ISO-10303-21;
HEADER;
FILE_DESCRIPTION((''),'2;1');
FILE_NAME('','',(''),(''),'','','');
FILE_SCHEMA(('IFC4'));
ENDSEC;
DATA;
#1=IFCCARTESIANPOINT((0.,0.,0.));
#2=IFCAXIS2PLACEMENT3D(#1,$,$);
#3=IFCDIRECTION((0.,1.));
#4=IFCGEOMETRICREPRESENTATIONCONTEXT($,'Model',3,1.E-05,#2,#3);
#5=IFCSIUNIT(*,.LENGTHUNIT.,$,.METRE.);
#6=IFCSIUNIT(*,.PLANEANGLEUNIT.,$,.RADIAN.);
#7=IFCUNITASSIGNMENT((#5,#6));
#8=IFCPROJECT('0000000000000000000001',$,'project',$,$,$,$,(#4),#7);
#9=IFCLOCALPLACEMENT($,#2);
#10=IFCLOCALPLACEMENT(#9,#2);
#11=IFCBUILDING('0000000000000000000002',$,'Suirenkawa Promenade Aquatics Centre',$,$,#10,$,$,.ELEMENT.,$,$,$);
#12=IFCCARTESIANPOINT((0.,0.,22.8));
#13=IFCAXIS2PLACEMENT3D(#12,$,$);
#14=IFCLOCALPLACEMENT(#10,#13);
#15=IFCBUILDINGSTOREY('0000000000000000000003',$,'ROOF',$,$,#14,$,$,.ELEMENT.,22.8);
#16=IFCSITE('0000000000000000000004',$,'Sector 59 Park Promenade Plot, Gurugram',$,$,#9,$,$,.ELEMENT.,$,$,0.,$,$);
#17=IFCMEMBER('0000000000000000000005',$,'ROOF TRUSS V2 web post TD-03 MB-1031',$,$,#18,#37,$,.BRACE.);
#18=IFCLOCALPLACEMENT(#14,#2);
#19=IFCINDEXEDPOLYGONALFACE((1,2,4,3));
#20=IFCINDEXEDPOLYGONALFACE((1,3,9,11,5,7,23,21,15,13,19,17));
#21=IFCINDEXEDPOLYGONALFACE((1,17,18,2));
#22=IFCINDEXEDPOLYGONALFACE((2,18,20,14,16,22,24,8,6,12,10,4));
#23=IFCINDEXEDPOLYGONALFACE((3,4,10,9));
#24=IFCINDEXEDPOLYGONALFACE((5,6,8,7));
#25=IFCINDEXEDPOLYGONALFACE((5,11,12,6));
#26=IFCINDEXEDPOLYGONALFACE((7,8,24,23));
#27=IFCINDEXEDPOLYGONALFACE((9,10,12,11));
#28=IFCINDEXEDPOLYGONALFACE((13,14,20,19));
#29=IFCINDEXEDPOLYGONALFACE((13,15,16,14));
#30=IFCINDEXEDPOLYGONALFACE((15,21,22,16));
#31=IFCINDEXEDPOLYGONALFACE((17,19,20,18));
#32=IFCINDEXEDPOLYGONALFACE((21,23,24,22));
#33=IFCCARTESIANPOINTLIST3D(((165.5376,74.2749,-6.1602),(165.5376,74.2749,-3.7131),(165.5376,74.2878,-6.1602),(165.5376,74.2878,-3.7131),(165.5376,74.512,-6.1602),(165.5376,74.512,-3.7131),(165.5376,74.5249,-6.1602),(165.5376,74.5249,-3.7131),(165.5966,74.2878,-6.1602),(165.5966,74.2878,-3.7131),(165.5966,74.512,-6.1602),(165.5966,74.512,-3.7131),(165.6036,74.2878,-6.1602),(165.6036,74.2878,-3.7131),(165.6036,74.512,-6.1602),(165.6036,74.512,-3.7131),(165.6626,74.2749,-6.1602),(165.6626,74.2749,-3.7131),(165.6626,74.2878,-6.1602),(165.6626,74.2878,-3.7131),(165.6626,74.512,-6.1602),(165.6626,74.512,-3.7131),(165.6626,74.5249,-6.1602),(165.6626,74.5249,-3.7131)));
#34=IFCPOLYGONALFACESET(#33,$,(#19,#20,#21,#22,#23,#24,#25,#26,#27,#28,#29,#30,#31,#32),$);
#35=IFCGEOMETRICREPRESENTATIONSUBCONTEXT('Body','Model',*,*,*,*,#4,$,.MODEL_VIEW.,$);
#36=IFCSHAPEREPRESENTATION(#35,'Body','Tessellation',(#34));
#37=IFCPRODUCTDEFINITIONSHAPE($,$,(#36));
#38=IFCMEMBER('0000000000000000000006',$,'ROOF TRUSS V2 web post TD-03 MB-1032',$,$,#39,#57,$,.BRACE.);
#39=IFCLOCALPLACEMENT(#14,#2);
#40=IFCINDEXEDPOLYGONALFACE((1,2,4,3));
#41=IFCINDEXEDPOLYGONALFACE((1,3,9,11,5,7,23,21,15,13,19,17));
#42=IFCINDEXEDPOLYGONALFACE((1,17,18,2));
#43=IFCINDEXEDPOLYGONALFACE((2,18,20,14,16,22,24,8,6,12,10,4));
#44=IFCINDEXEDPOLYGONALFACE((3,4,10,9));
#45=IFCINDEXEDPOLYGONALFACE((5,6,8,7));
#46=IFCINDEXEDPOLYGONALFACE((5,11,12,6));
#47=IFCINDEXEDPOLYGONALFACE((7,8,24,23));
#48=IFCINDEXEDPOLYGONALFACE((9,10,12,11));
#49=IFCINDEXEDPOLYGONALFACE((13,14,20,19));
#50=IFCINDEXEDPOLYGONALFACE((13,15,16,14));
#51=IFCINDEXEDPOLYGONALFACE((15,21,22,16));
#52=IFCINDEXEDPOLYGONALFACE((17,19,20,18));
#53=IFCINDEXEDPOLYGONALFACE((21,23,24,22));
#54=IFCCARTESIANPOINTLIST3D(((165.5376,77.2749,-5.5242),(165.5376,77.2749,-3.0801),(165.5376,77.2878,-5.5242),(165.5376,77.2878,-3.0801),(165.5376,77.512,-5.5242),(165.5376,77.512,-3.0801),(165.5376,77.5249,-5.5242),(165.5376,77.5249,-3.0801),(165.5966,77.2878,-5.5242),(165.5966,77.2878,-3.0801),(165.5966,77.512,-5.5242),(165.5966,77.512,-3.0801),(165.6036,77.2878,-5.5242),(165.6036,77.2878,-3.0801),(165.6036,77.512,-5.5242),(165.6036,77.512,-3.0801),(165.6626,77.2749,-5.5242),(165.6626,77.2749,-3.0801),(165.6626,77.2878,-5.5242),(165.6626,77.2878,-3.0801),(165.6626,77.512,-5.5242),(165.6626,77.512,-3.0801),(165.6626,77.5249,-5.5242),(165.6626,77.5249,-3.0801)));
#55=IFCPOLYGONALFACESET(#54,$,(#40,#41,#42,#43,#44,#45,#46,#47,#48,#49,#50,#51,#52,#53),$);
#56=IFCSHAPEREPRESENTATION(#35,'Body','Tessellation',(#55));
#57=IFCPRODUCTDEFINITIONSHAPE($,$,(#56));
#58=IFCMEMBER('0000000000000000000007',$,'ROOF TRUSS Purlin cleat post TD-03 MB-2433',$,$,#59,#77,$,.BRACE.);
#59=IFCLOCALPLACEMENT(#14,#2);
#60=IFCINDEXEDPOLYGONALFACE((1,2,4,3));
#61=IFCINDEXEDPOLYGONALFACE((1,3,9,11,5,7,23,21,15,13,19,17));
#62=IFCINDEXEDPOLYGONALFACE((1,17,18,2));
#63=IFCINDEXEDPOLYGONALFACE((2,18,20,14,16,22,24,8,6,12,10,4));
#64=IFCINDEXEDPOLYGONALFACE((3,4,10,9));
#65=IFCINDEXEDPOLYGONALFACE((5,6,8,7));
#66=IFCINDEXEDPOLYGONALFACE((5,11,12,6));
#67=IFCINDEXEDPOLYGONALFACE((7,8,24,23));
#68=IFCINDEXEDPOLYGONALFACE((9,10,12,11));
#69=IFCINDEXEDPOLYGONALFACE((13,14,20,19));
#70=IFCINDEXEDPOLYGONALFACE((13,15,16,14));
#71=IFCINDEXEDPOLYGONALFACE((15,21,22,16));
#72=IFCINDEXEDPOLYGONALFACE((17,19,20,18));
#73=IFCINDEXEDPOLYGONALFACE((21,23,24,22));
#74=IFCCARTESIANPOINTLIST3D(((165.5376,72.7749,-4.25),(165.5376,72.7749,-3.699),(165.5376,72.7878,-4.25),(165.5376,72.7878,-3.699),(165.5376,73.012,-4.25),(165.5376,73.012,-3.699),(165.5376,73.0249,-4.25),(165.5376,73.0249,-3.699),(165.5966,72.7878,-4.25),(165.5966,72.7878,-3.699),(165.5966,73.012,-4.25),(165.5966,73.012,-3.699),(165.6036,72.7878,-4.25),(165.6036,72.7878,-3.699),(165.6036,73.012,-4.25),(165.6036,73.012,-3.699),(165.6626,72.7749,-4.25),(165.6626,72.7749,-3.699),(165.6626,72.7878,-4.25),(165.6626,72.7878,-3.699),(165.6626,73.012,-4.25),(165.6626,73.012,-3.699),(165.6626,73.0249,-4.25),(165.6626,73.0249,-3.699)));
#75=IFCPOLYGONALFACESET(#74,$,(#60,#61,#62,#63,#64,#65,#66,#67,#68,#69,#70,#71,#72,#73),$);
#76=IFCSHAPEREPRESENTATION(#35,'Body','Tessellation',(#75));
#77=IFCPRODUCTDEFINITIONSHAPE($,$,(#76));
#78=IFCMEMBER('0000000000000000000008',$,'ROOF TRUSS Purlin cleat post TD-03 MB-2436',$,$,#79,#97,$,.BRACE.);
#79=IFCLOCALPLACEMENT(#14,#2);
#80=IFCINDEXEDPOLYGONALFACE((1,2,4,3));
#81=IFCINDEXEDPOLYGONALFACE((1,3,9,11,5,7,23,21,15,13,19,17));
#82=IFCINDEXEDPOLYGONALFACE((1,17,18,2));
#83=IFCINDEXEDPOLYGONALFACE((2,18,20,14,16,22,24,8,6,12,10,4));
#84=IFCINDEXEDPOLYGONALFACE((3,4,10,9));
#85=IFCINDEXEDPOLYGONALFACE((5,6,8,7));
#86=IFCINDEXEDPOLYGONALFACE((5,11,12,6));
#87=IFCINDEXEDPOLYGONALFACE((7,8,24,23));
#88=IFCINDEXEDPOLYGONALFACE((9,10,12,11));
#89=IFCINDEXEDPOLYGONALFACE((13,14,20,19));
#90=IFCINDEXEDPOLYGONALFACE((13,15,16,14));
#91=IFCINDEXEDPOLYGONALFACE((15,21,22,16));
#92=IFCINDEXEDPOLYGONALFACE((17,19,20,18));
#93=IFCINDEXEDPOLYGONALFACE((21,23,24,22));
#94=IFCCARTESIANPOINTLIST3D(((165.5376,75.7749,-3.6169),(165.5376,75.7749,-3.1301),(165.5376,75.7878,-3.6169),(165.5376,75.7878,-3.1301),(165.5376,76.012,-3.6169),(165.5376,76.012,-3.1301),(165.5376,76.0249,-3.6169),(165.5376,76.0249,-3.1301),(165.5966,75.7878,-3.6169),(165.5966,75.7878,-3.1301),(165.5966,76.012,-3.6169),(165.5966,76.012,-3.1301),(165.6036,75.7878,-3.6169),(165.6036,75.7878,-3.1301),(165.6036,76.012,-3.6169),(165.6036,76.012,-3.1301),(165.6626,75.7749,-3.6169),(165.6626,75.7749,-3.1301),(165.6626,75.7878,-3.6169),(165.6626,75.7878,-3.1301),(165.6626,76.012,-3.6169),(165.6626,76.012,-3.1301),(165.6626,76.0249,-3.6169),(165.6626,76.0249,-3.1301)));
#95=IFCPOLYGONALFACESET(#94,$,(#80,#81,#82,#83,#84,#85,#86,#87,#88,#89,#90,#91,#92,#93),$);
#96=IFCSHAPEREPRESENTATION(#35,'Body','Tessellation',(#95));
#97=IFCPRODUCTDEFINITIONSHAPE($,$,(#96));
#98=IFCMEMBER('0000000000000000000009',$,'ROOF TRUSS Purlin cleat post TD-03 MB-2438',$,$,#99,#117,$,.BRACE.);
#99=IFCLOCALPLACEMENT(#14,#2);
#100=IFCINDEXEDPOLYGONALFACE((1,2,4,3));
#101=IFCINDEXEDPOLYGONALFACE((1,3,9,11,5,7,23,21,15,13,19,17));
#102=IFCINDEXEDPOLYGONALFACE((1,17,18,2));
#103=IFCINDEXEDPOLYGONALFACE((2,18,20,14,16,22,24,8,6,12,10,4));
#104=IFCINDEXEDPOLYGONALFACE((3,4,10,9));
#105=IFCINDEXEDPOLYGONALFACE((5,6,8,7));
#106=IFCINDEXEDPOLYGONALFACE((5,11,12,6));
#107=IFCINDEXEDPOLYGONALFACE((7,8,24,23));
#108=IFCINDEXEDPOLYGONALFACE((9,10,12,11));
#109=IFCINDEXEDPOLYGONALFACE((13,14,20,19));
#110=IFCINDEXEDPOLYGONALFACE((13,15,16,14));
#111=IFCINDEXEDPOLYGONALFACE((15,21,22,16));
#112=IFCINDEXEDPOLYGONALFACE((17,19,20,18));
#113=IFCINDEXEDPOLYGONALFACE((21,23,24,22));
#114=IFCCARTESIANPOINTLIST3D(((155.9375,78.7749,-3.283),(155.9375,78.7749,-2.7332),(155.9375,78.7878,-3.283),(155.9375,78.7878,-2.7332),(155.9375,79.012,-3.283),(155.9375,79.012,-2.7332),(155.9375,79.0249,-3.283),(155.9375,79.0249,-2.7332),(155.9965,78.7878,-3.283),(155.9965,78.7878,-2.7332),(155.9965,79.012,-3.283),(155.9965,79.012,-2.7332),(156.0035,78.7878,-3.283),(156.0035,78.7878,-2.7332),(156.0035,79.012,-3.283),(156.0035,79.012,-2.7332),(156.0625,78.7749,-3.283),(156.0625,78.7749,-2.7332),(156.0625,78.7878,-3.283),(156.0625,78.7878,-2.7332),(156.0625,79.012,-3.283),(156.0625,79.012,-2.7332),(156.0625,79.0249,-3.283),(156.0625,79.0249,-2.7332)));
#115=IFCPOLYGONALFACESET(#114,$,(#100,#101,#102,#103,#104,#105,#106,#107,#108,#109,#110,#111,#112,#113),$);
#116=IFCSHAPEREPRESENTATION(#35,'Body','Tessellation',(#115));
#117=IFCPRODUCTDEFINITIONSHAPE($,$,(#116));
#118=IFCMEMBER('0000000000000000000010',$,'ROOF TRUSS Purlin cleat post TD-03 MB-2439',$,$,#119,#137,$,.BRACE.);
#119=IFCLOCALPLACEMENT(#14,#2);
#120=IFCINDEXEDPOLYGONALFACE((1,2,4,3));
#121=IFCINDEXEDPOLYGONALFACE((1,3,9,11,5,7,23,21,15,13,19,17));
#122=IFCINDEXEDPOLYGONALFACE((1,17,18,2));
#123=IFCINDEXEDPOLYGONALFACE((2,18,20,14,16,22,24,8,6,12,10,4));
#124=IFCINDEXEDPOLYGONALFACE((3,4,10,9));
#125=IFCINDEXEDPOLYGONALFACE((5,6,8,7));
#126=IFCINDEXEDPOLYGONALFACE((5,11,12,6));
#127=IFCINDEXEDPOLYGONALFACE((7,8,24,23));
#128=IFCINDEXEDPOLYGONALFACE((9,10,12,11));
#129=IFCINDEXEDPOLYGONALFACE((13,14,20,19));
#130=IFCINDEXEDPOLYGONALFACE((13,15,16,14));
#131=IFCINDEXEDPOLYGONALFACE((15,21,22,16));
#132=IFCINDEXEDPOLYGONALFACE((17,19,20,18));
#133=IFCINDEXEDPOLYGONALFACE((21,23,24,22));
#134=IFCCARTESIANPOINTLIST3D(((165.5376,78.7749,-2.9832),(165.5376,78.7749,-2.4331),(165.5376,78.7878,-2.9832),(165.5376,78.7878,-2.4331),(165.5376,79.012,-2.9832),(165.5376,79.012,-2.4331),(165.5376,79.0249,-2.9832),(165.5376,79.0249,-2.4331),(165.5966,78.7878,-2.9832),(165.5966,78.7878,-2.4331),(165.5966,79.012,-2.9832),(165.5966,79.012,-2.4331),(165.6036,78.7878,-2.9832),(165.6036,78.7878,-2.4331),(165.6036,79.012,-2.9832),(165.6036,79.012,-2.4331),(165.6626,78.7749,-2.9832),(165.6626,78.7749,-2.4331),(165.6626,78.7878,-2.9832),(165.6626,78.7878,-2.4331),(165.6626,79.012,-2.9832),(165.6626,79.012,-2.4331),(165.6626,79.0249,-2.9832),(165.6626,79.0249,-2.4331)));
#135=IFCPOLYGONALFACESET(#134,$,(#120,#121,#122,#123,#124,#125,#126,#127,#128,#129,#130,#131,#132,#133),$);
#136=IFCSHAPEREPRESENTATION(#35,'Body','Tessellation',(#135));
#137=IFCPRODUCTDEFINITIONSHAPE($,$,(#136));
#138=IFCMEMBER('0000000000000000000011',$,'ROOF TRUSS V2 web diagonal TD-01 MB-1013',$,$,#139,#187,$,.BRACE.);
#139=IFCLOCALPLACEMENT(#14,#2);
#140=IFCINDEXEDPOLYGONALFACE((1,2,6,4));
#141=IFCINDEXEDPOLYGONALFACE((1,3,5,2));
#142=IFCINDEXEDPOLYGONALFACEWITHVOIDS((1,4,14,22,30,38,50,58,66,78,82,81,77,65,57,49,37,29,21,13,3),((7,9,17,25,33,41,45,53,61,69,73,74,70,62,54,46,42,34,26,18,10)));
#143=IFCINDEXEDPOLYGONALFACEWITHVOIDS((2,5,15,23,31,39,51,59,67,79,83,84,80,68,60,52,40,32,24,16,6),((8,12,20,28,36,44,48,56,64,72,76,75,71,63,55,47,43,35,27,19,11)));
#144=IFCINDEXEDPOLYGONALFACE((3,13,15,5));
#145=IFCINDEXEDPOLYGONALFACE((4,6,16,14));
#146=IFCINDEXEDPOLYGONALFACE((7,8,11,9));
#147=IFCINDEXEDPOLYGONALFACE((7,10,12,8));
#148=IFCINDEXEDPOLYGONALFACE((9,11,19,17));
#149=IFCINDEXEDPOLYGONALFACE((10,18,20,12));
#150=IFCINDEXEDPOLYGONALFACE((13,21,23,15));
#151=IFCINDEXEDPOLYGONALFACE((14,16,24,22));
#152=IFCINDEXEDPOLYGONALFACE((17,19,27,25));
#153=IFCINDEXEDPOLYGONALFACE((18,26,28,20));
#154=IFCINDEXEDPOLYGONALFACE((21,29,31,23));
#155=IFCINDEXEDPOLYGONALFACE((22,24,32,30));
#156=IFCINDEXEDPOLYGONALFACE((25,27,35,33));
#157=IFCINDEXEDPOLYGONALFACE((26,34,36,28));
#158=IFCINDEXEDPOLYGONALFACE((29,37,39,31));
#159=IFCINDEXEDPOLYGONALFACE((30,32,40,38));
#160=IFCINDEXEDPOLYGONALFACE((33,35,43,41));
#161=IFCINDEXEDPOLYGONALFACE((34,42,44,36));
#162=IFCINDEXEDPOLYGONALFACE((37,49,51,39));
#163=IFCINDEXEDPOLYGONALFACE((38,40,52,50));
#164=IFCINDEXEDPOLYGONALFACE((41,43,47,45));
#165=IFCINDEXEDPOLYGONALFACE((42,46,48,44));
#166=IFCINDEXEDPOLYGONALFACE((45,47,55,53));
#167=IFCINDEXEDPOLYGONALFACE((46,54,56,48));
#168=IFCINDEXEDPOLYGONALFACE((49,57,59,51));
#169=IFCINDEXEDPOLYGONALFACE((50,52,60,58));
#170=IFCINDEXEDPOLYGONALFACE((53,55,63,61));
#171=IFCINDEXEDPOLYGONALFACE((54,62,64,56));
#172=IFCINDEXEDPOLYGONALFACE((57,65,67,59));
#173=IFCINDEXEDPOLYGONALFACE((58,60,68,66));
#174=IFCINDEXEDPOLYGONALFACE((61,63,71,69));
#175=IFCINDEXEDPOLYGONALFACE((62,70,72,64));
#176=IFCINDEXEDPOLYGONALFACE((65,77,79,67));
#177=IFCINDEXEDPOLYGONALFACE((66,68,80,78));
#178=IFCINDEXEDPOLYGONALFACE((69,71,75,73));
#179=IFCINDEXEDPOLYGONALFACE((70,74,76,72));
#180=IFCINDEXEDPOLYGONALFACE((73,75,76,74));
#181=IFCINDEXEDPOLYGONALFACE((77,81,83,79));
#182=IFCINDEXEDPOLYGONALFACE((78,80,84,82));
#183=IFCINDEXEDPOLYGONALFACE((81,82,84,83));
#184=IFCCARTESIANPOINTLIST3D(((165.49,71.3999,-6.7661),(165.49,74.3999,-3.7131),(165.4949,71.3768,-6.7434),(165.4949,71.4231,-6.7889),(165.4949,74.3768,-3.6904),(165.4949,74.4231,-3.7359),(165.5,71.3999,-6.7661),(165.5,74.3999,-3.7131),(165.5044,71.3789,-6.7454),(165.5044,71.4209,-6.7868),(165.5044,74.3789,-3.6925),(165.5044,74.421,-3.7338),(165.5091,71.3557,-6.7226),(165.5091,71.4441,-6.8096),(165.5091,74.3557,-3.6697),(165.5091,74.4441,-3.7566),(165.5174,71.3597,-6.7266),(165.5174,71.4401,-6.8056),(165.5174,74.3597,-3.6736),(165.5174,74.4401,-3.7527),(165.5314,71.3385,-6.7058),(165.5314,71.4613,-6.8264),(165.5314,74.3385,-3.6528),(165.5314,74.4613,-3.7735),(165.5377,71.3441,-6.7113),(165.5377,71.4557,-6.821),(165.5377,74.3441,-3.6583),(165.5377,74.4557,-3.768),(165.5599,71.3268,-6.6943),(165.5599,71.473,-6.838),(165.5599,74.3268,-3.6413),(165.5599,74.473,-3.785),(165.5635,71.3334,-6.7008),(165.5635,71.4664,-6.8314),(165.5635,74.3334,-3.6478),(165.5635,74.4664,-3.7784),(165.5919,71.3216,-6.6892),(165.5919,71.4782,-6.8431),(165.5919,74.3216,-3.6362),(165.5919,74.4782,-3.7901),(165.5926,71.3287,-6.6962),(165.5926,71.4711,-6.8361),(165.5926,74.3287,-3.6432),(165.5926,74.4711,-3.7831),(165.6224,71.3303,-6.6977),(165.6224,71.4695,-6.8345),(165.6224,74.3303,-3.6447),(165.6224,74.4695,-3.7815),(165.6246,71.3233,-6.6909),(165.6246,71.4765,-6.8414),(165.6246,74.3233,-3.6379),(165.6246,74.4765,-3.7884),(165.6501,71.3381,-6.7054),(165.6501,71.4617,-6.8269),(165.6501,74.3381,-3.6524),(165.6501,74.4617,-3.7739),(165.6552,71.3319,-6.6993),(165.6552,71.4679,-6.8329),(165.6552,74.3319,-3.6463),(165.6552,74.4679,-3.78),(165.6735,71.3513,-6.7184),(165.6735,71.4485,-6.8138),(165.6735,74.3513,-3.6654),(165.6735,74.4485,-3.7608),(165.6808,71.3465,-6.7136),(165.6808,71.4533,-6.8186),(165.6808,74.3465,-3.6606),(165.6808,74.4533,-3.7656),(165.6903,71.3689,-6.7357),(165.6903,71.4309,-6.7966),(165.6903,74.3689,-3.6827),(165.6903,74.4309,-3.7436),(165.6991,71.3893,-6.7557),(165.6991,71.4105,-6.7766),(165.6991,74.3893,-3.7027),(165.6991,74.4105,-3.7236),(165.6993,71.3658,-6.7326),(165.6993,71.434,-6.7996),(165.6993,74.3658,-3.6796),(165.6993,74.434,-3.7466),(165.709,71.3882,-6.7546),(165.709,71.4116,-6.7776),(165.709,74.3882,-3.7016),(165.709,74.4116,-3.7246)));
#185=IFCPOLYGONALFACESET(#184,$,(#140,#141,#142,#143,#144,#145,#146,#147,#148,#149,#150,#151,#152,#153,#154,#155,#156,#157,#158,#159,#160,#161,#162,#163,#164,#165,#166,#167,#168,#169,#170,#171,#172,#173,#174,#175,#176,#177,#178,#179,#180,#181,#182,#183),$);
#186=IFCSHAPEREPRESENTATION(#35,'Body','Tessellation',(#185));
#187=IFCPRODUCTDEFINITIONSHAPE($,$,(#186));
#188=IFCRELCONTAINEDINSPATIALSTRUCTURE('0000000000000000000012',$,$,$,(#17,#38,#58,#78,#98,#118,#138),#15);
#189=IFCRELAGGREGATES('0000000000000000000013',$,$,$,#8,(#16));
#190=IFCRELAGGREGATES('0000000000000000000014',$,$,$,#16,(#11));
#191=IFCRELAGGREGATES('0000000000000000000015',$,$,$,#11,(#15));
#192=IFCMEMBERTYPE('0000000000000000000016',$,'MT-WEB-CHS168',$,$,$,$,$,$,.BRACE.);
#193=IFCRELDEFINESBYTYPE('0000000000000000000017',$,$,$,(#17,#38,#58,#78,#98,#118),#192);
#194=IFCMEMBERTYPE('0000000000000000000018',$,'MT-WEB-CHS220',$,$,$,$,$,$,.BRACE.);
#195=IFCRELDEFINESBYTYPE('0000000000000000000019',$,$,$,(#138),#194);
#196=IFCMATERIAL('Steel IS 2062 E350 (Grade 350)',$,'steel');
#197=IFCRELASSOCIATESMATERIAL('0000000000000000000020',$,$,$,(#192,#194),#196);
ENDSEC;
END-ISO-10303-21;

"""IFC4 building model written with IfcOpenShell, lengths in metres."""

from ifc_helpers import new_model, si_unit, direction, frame, origin, origin_2d, place, context, subcontext, project, spatial, hollow_circle, i_section, extrude, material, material_profile, profile_set, type_object, element, save


model = new_model("IFC4")

# Units and contexts
model_context = context("Model", 3, precision=1e-05, world=origin(), true_north=direction((0.0, 1.0)))
body_context = subcontext(model_context, "Body", "Model", "MODEL_VIEW")
ifc_project = project(units=[si_unit("LENGTHUNIT", "METRE"), si_unit("PLANEANGLEUNIT", "RADIAN")], contexts=[model_context])

# Site, building, storey
site_placement = place(None, origin())
site = spatial("IfcSite", under=ifc_project, at=site_placement, Name="Sector 59 Park Promenade Plot, Gurugram", CompositionType="ELEMENT", RefElevation=0.0)
building_placement = place(site_placement, origin())
building = spatial("IfcBuilding", under=site, at=building_placement, Name="Suirenkawa Promenade Aquatics Centre", CompositionType="ELEMENT")
storey_placement = place(building_placement, frame((0.0, 0.0, 22.8)))
storey = spatial("IfcBuildingStorey", under=building, at=storey_placement, Name="ROOF", CompositionType="ELEMENT", Elevation=22.8)

# Shared definitions
ifc_material = material(Name="Steel IS 2062 E350 (Grade 350)", Category="steel")

# Members
ifc_material_profile_1 = material_profile(ifc_material, i_section(OverallWidth=0.125, OverallDepth=0.25, WebThickness=0.0071, FlangeThickness=0.0129, at=origin_2d()), Name="ISMB 250", Category="steel")
ifc_profile_set_1 = profile_set([ifc_material_profile_1], Name="Steel IS 2062 E350 (Grade 350)")
member_type_1 = type_object("IfcMemberType", Name="MT-WEB-CHS168", PredefinedType="BRACE", material=ifc_profile_set_1)
member_1_placement = place(storey_placement, frame((165.6001, 74.3999, -6.1602), z_axis=(0.0, 0.0, 1.0), x_axis=(1.0, 0.0, 0.0)))
element("IfcMember", 1, at=member_1_placement, inside=storey, type_object=member_type_1, Name="ROOF TRUSS V2 web post TD-03 MB-1031", PredefinedType="BRACE", context=body_context, shape_type="SweptSolid", body=[
    extrude(i_section(OverallWidth=0.125, OverallDepth=0.25, WebThickness=0.0071, FlangeThickness=0.0129, at=origin_2d()), origin(), (0.0, 0.0, 1.0), 2.447),
])
member_2_placement = place(storey_placement, frame((165.6001, 77.3999, -5.5242), z_axis=(0.0, 0.0, 1.0), x_axis=(1.0, 0.0, 0.0)))
element("IfcMember", 2, at=member_2_placement, inside=storey, type_object=member_type_1, Name="ROOF TRUSS V2 web post TD-03 MB-1032", PredefinedType="BRACE", context=body_context, shape_type="SweptSolid", body=[
    extrude(i_section(OverallWidth=0.125, OverallDepth=0.25, WebThickness=0.0071, FlangeThickness=0.0129, at=origin_2d()), origin(), (0.0, 0.0, 1.0), 2.4441),
])
member_3_placement = place(storey_placement, frame((165.6001, 72.8999, -4.25), z_axis=(0.0, 0.0, 1.0), x_axis=(1.0, 0.0, 0.0)))
element("IfcMember", 3, at=member_3_placement, inside=storey, type_object=member_type_1, Name="ROOF TRUSS Purlin cleat post TD-03 MB-2433", PredefinedType="BRACE", context=body_context, shape_type="SweptSolid", body=[
    extrude(i_section(OverallWidth=0.125, OverallDepth=0.25, WebThickness=0.0071, FlangeThickness=0.0129, at=origin_2d()), origin(), (0.0, 0.0, 1.0), 0.551),
])
member_4_placement = place(storey_placement, frame((165.6001, 75.8999, -3.6169), z_axis=(0.0, 0.0, 1.0), x_axis=(1.0, 0.0, 0.0)))
element("IfcMember", 4, at=member_4_placement, inside=storey, type_object=member_type_1, Name="ROOF TRUSS Purlin cleat post TD-03 MB-2436", PredefinedType="BRACE", context=body_context, shape_type="SweptSolid", body=[
    extrude(i_section(OverallWidth=0.125, OverallDepth=0.25, WebThickness=0.0071, FlangeThickness=0.0129, at=origin_2d()), origin(), (0.0, 0.0, 1.0), 0.4868),
])
member_5_placement = place(storey_placement, frame((156.0, 78.8999, -3.283), z_axis=(0.0, 0.0, 1.0), x_axis=(1.0, 0.0, 0.0)))
element("IfcMember", 5, at=member_5_placement, inside=storey, type_object=member_type_1, Name="ROOF TRUSS Purlin cleat post TD-03 MB-2438", PredefinedType="BRACE", context=body_context, shape_type="SweptSolid", body=[
    extrude(i_section(OverallWidth=0.125, OverallDepth=0.25, WebThickness=0.0071, FlangeThickness=0.0129, at=origin_2d()), origin(), (0.0, 0.0, 1.0), 0.5498),
])
member_6_placement = place(storey_placement, frame((165.6001, 78.8999, -2.9832), z_axis=(0.0, 0.0, 1.0), x_axis=(1.0, 0.0, 0.0)))
element("IfcMember", 6, at=member_6_placement, inside=storey, type_object=member_type_1, Name="ROOF TRUSS Purlin cleat post TD-03 MB-2439", PredefinedType="BRACE", context=body_context, shape_type="SweptSolid", body=[
    extrude(i_section(OverallWidth=0.125, OverallDepth=0.25, WebThickness=0.0071, FlangeThickness=0.0129, at=origin_2d()), origin(), (0.0, 0.0, 1.0), 0.55),
])
ifc_material_profile_2 = material_profile(ifc_material, hollow_circle(Radius=0.1101, WallThickness=0.01, at=origin_2d()), Name="CHS 220x10", Category="steel")
ifc_profile_set_2 = profile_set([ifc_material_profile_2], Name="Steel IS 2062 E350 (Grade 350)")
member_type_2 = type_object("IfcMemberType", Name="MT-WEB-CHS220", PredefinedType="BRACE", material=ifc_profile_set_2)
member_7_placement = place(storey_placement, frame((165.6001, 71.3999, -6.7661), z_axis=(0.0, 0.700891, 0.713268), x_axis=(-1.0, 0.0, 0.0)))
element("IfcMember", 7, at=member_7_placement, inside=storey, type_object=member_type_2, Name="ROOF TRUSS V2 web diagonal TD-01 MB-1013", PredefinedType="BRACE", context=body_context, shape_type="SweptSolid", body=[
    extrude(hollow_circle(Radius=0.1101, WallThickness=0.01, at=origin_2d()), origin(), (0.0, 0.0, 1.0), 4.2803),
])

save(model, "model.ifc")
